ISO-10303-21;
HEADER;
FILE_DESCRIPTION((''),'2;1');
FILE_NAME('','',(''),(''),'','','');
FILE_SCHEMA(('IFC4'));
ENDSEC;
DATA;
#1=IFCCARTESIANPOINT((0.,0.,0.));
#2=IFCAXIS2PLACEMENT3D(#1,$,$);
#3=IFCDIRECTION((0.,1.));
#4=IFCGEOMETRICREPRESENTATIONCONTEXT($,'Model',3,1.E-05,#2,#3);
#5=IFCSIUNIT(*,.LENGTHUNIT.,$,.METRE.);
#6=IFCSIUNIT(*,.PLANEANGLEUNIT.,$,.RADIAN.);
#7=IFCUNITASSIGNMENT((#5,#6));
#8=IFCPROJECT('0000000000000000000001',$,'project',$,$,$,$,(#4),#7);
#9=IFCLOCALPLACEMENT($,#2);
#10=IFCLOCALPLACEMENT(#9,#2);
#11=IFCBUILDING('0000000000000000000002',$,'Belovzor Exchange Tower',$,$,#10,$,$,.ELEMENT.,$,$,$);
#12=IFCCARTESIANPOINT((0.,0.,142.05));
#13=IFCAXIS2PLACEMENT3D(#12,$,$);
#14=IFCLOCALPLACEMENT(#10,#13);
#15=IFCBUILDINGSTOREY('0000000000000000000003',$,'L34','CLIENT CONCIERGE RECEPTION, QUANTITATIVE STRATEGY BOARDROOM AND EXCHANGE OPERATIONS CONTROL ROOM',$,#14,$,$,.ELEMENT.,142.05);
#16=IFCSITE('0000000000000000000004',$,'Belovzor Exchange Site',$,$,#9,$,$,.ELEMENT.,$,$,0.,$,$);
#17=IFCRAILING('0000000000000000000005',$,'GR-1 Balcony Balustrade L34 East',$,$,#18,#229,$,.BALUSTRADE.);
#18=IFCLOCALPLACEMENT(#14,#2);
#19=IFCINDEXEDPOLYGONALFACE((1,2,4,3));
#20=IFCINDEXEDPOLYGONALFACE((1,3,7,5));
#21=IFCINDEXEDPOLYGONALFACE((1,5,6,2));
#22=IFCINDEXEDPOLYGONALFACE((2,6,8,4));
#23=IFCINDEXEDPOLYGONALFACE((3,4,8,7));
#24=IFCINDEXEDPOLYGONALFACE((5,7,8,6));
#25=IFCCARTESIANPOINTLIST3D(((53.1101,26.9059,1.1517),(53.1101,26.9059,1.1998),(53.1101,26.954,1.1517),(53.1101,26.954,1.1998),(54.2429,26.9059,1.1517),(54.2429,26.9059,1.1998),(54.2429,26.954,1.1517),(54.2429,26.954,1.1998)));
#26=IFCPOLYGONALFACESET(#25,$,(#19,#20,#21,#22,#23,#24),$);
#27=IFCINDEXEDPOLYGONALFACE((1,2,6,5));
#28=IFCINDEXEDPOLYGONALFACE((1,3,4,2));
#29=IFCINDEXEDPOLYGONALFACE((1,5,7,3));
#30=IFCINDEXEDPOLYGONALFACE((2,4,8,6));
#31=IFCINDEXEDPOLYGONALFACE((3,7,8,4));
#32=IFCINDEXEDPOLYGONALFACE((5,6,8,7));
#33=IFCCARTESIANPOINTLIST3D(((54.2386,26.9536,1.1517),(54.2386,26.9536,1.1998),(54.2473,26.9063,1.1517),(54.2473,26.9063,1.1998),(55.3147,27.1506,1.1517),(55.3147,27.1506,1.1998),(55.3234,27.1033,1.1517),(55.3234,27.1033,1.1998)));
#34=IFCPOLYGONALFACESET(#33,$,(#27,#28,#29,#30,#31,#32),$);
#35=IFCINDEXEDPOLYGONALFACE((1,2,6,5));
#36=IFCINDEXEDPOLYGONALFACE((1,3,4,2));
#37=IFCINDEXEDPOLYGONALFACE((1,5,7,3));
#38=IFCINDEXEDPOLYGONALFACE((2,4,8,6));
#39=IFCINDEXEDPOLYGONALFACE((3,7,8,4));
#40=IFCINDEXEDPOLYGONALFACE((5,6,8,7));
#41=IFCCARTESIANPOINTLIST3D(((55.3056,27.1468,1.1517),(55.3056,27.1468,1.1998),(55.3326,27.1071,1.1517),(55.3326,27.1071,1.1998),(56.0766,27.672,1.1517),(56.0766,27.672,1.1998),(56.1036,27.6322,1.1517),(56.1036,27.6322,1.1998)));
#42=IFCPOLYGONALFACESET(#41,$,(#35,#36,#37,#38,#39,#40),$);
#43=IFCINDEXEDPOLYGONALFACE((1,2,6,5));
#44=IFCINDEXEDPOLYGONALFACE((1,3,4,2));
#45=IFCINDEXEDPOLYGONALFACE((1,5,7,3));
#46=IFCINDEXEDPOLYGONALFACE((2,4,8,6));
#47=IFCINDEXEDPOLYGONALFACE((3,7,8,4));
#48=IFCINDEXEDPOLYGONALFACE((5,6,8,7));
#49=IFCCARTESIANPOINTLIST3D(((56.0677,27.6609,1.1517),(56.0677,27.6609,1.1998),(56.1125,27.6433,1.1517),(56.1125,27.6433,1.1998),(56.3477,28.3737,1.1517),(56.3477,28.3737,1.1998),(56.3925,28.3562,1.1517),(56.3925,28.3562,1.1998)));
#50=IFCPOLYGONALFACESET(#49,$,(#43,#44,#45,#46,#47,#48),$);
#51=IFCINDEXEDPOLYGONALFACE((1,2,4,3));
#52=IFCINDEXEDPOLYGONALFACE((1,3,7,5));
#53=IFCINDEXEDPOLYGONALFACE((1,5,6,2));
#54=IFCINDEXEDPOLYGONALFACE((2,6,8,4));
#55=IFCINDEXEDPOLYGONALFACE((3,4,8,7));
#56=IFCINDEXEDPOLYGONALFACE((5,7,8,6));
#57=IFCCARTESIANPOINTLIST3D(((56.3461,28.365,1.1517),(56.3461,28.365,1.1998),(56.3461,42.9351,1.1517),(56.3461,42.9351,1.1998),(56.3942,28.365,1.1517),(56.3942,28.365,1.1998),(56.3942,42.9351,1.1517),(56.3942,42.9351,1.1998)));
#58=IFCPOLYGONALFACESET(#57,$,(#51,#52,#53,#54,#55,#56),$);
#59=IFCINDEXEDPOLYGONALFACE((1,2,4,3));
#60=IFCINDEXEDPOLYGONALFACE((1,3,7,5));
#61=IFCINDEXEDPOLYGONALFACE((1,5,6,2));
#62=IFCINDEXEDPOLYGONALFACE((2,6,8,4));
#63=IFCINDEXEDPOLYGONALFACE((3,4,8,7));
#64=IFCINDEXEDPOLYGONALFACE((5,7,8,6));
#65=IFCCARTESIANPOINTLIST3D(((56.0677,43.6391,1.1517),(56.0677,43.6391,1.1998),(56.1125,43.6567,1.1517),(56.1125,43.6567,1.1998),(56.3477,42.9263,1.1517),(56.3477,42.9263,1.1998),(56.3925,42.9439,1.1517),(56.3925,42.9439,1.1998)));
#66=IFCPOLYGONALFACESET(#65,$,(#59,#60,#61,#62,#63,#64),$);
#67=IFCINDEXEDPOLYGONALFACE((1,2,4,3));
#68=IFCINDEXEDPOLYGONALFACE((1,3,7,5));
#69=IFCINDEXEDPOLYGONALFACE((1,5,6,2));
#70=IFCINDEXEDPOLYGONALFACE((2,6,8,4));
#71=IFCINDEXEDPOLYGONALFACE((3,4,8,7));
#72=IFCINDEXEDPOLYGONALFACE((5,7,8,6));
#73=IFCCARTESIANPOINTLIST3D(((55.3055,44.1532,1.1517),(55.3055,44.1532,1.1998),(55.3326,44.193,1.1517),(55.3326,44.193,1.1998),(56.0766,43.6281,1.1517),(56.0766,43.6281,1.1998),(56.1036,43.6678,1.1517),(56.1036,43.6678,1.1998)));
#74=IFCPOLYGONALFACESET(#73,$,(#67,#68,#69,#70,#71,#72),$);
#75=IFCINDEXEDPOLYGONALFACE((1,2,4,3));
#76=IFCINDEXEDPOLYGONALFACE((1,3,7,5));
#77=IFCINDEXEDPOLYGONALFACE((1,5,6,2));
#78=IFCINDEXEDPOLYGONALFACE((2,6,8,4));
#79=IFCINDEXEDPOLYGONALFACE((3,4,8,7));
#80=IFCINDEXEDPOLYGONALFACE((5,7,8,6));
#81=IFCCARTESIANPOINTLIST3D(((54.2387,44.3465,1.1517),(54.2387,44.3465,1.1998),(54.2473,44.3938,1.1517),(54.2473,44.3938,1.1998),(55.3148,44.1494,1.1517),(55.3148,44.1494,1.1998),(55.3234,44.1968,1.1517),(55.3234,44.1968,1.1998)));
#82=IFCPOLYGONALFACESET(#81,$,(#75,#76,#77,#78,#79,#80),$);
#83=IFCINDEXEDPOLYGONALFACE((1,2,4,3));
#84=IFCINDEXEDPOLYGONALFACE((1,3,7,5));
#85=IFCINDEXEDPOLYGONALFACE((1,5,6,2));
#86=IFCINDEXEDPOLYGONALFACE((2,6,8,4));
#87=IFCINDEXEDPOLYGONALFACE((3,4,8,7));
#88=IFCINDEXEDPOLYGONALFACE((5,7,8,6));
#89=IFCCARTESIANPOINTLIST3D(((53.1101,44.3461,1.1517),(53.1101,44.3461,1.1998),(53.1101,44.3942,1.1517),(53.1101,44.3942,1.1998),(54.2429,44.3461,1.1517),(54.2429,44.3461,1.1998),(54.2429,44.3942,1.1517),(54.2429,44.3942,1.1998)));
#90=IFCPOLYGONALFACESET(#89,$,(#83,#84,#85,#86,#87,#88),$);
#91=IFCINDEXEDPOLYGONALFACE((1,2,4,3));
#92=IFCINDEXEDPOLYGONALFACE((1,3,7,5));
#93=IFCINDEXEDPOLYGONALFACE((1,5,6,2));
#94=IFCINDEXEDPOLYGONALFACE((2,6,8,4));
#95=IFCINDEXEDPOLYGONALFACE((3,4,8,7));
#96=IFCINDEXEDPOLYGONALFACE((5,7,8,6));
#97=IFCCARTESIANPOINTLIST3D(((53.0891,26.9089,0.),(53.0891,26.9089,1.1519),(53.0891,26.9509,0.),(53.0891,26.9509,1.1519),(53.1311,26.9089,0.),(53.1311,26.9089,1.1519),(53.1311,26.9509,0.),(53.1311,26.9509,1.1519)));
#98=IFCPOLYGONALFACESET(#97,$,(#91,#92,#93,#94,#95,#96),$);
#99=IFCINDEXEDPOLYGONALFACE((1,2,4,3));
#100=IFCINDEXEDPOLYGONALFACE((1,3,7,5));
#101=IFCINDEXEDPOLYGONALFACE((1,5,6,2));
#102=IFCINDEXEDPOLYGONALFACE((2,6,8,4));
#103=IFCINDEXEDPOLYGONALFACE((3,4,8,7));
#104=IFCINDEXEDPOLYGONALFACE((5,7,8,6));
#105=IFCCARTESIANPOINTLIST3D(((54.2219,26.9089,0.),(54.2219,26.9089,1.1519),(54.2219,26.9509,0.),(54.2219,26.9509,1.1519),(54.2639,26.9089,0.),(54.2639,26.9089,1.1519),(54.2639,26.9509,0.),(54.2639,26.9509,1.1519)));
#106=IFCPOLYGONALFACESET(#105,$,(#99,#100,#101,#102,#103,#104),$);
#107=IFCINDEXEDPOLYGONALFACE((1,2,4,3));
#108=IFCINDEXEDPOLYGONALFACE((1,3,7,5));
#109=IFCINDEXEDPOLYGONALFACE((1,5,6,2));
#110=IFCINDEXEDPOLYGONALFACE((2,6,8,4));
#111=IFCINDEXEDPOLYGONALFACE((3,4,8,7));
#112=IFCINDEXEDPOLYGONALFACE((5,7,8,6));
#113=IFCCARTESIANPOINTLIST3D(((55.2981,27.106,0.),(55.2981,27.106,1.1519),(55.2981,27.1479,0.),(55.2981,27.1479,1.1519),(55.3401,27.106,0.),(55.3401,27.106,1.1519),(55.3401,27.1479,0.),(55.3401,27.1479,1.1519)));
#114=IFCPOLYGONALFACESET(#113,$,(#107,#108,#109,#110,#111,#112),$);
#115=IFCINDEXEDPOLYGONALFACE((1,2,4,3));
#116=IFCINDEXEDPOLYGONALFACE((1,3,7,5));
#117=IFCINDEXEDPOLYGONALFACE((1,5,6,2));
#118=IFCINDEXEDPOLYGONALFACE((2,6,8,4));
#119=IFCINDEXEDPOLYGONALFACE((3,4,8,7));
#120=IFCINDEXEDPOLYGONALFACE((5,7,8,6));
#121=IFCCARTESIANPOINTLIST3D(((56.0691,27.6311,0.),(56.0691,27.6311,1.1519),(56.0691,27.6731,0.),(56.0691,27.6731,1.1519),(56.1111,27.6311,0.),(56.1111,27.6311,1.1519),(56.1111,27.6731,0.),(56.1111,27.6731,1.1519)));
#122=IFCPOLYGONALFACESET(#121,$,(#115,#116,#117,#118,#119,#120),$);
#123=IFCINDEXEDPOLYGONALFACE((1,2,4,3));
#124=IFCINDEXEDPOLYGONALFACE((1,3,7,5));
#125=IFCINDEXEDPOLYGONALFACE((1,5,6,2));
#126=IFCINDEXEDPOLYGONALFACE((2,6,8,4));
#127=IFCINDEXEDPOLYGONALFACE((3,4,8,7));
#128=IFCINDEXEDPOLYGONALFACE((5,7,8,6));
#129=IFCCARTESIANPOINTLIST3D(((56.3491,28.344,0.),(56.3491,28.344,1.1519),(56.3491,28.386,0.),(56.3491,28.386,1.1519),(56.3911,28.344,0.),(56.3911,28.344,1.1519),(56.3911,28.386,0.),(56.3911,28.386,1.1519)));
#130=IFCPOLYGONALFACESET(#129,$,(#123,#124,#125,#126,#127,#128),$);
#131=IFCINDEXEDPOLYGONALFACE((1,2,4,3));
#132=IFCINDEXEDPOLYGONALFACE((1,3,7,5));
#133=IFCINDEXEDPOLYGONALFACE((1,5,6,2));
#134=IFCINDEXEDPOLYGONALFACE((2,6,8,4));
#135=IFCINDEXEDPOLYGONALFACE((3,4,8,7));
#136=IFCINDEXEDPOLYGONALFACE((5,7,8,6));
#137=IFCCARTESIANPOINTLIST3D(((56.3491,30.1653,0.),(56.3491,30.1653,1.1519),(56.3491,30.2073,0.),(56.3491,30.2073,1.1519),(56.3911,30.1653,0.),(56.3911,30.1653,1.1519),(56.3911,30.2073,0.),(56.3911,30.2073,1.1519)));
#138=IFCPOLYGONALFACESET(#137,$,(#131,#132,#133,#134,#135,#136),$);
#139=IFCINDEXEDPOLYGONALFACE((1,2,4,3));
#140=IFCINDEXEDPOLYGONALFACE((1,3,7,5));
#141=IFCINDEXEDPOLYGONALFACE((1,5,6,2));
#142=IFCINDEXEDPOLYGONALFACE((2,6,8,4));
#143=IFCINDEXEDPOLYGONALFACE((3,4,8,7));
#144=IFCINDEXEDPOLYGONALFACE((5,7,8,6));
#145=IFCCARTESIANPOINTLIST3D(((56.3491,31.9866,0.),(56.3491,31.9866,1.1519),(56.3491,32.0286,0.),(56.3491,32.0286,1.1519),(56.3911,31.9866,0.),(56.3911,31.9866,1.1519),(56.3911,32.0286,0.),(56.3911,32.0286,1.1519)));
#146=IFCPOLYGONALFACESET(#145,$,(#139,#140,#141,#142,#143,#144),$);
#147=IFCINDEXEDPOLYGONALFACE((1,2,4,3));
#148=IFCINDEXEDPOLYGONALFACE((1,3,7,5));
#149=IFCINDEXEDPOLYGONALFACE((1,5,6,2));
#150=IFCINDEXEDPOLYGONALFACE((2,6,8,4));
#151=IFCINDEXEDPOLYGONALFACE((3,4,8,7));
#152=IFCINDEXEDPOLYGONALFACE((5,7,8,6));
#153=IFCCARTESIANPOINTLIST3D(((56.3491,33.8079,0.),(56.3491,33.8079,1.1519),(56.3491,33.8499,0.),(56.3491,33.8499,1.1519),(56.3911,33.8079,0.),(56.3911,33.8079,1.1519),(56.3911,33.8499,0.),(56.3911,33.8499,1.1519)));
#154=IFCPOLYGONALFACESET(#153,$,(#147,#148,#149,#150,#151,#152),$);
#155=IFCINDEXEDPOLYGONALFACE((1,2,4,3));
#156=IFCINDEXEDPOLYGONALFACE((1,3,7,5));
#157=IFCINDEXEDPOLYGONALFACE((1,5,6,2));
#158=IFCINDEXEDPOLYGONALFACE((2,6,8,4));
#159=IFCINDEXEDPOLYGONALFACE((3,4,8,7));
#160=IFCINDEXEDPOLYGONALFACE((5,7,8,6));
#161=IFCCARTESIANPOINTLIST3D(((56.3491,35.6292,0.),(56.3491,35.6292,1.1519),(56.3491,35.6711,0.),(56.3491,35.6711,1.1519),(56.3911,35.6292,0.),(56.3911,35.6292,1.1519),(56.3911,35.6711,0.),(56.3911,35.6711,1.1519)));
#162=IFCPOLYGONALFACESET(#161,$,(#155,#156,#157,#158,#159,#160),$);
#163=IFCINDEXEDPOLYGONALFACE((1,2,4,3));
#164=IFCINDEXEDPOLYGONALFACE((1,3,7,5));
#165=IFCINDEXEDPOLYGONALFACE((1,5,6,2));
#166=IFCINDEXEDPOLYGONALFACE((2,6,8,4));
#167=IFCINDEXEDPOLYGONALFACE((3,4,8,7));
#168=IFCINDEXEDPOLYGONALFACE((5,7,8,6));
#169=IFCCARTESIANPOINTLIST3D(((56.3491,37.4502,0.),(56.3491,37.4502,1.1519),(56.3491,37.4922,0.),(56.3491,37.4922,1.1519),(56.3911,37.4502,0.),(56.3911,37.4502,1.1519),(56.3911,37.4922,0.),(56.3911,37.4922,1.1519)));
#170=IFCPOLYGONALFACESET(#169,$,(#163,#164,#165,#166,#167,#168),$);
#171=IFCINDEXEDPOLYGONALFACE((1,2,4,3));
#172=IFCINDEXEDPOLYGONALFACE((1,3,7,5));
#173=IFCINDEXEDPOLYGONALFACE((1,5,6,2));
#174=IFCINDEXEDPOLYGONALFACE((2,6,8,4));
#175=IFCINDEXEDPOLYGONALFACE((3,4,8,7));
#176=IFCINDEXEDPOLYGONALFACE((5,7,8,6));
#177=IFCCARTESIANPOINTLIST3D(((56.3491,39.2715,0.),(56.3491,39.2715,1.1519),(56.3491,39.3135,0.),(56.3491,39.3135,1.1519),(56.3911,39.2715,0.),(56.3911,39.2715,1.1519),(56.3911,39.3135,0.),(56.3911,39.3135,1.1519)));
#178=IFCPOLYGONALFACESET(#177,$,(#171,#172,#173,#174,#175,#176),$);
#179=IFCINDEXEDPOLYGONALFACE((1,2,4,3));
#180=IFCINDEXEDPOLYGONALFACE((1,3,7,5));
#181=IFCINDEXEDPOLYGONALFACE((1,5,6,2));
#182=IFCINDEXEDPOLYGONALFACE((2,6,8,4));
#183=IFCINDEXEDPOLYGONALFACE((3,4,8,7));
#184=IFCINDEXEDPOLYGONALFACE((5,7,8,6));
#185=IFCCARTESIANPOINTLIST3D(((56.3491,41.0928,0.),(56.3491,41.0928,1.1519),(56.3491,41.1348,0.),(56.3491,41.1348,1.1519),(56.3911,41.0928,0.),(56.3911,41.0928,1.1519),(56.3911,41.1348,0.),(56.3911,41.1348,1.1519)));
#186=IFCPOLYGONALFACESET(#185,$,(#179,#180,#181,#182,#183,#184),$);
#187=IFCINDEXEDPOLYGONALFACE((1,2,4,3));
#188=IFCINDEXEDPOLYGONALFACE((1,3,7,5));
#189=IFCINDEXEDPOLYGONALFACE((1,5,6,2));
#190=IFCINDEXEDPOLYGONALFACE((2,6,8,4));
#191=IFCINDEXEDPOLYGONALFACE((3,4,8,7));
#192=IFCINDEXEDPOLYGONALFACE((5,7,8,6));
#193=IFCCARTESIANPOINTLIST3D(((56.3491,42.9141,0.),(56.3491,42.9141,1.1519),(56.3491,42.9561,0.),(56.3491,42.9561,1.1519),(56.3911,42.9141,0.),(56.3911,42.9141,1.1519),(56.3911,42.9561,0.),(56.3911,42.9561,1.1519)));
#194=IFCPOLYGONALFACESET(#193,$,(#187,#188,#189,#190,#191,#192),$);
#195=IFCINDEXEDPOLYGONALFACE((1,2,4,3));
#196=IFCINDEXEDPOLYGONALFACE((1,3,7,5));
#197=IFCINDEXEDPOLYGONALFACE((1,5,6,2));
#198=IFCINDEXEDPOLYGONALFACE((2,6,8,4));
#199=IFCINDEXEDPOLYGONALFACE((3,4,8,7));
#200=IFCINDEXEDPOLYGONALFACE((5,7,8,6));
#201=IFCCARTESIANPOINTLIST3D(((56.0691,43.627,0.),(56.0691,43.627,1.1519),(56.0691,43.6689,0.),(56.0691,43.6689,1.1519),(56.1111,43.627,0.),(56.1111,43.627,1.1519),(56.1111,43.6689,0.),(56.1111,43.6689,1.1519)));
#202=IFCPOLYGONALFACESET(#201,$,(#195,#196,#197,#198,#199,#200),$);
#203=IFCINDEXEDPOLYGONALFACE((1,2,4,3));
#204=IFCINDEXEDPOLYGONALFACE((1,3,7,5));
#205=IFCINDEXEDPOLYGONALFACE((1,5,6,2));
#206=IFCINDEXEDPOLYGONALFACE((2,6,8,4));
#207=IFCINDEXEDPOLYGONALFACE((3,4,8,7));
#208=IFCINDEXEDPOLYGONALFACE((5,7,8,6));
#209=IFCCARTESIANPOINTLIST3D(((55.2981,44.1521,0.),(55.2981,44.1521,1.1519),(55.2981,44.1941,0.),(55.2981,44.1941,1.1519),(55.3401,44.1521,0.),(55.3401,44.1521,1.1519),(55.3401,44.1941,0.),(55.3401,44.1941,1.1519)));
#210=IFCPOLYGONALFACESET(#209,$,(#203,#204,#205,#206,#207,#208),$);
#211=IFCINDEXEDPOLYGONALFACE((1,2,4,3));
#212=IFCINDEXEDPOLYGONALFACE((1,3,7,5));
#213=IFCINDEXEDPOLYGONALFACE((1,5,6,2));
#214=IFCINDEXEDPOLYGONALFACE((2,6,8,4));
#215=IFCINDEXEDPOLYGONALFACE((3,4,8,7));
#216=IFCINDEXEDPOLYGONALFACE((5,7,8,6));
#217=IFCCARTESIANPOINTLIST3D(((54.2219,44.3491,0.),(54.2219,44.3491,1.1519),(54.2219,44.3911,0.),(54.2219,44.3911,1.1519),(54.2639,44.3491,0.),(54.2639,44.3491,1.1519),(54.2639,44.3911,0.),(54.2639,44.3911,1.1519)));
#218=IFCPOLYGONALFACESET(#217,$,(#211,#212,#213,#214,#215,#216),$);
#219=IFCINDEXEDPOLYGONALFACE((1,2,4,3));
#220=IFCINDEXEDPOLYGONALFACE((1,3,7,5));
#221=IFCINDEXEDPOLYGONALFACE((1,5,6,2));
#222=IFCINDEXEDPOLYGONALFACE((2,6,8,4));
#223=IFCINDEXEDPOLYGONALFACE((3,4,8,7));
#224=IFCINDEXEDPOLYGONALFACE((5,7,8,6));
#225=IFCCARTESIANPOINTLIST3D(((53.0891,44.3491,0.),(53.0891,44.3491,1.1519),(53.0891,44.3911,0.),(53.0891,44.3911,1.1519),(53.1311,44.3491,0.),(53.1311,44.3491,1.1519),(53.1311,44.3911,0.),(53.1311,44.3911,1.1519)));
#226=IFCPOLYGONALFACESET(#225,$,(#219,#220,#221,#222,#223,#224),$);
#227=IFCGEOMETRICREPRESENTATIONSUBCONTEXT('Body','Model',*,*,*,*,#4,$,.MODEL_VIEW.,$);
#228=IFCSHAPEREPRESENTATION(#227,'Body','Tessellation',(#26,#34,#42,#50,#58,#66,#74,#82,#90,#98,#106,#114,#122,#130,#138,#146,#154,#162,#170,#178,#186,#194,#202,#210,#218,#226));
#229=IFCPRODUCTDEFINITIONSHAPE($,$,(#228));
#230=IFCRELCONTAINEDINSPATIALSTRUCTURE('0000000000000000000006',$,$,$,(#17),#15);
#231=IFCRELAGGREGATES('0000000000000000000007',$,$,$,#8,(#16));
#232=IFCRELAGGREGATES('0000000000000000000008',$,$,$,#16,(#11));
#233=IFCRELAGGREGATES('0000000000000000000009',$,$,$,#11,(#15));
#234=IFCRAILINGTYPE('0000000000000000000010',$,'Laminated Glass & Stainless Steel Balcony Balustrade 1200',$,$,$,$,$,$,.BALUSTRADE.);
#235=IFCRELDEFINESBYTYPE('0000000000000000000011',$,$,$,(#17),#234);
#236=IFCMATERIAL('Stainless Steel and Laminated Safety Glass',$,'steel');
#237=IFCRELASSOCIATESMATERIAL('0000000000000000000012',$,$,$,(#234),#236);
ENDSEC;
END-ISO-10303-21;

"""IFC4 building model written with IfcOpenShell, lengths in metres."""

from ifc_helpers import new_model, si_unit, direction, frame, origin, origin_2d, place, context, subcontext, project, spatial, rectangle, extrude, material, type_object, element, save


model = new_model("IFC4")

# Units and contexts
model_context = context("Model", 3, precision=1e-05, world=origin(), true_north=direction((0.0, 1.0)))
body_context = subcontext(model_context, "Body", "Model", "MODEL_VIEW")
ifc_project = project(units=[si_unit("LENGTHUNIT", "METRE"), si_unit("PLANEANGLEUNIT", "RADIAN")], contexts=[model_context])

# Site, building, storey
site_placement = place(None, origin())
site = spatial("IfcSite", under=ifc_project, at=site_placement, Name="Belovzor Exchange Site", CompositionType="ELEMENT", RefElevation=0.0)
building_placement = place(site_placement, origin())
building = spatial("IfcBuilding", under=site, at=building_placement, Name="Belovzor Exchange Tower", CompositionType="ELEMENT")
storey_placement = place(building_placement, frame((0.0, 0.0, 142.05)))
storey = spatial("IfcBuildingStorey", under=building, at=storey_placement, Name="L34", Description="CLIENT CONCIERGE RECEPTION, QUANTITATIVE STRATEGY BOARDROOM AND EXCHANGE OPERATIONS CONTROL ROOM", CompositionType="ELEMENT", Elevation=142.05)

# Railing
ifc_material_1 = material(Name="Stainless Steel and Laminated Safety Glass", Category="steel")
railing_type = type_object("IfcRailingType", Name="Laminated Glass & Stainless Steel Balcony Balustrade 1200", PredefinedType="BALUSTRADE", material=ifc_material_1)
railing_placement = place(storey_placement, frame((53.1101, 26.9299, 0.0)))
element("IfcRailing", 1, at=railing_placement, inside=storey, type_object=railing_type, Name="GR-1 Balcony Balustrade L34 East", PredefinedType="BALUSTRADE", context=body_context, shape_type="SweptSolid", body=[
    extrude(rectangle(XDim=0.0481, YDim=0.0481, at=origin_2d()), frame((0.0, 0.0, 1.1758), z_axis=(1.0, 0.0, 0.0), x_axis=(0.0, 1.0, 0.0)), (0.0, 0.0, 1.0), 1.1328),
    extrude(rectangle(XDim=0.0481, YDim=0.0481, at=origin_2d()), frame((1.1328, 0.0, 1.1758), z_axis=(0.983651, 0.180083, 0.0), x_axis=(-0.180083, 0.983651, 0.0)), (0.0, 0.0, 1.0), 1.094),
    extrude(rectangle(XDim=0.0481, YDim=0.0481, at=origin_2d()), frame((2.209, 0.197, 1.1758), z_axis=(0.826493, 0.562947, 0.0), x_axis=(-0.562947, 0.826493, 0.0)), (0.0, 0.0, 1.0), 0.9329),
    extrude(rectangle(XDim=0.0481, YDim=0.0481, at=origin_2d()), frame((2.98, 0.7222, 1.1758), z_axis=(0.365613, 0.930767, 0.0), x_axis=(-0.930767, 0.365613, 0.0)), (0.0, 0.0, 1.0), 0.7659),
    extrude(rectangle(XDim=0.0481, YDim=0.0481, at=origin_2d()), frame((3.26, 1.4351, 1.1758), z_axis=(0.0, 1.0, 0.0), x_axis=(-1.0, 0.0, 0.0)), (0.0, 0.0, 1.0), 14.5701),
    extrude(rectangle(XDim=0.0481, YDim=0.0481, at=origin_2d()), frame((3.26, 16.0051, 1.1758), z_axis=(-0.365613, 0.930767, 0.0), x_axis=(-0.930767, -0.365613, 0.0)), (0.0, 0.0, 1.0), 0.7659),
    extrude(rectangle(XDim=0.0481, YDim=0.0481, at=origin_2d()), frame((2.98, 16.718, 1.1758), z_axis=(-0.826493, 0.562947, 0.0), x_axis=(-0.562947, -0.826493, 0.0)), (0.0, 0.0, 1.0), 0.9329),
    extrude(rectangle(XDim=0.0481, YDim=0.0481, at=origin_2d()), frame((2.209, 17.2432, 1.1758), z_axis=(-0.983651, 0.180083, 0.0), x_axis=(-0.180083, -0.983651, 0.0)), (0.0, 0.0, 1.0), 1.094),
    extrude(rectangle(XDim=0.0481, YDim=0.0481, at=origin_2d()), frame((1.1328, 17.4402, 1.1758), z_axis=(-1.0, 0.0, 0.0), x_axis=(0.0, -1.0, 0.0)), (0.0, 0.0, 1.0), 1.1328),
    extrude(rectangle(XDim=0.042, YDim=0.042, at=origin_2d()), origin(), (0.0, 0.0, 1.0), 1.1519),
    extrude(rectangle(XDim=0.042, YDim=0.042, at=origin_2d()), frame((1.1328, 0.0, 0.0)), (0.0, 0.0, 1.0), 1.1519),
    extrude(rectangle(XDim=0.042, YDim=0.042, at=origin_2d()), frame((2.209, 0.197, 0.0)), (0.0, 0.0, 1.0), 1.1519),
    extrude(rectangle(XDim=0.042, YDim=0.042, at=origin_2d()), frame((2.98, 0.7222, 0.0)), (0.0, 0.0, 1.0), 1.1519),
    extrude(rectangle(XDim=0.042, YDim=0.042, at=origin_2d()), frame((3.26, 1.4351, 0.0)), (0.0, 0.0, 1.0), 1.1519),
    extrude(rectangle(XDim=0.042, YDim=0.042, at=origin_2d()), frame((3.26, 3.2563, 0.0)), (0.0, 0.0, 1.0), 1.1519),
    extrude(rectangle(XDim=0.042, YDim=0.042, at=origin_2d()), frame((3.26, 5.0776, 0.0)), (0.0, 0.0, 1.0), 1.1519),
    extrude(rectangle(XDim=0.042, YDim=0.042, at=origin_2d()), frame((3.26, 6.8989, 0.0)), (0.0, 0.0, 1.0), 1.1519),
    extrude(rectangle(XDim=0.042, YDim=0.042, at=origin_2d()), frame((3.26, 8.7202, 0.0)), (0.0, 0.0, 1.0), 1.1519),
    extrude(rectangle(XDim=0.042, YDim=0.042, at=origin_2d()), frame((3.26, 10.5413, 0.0)), (0.0, 0.0, 1.0), 1.1519),
    extrude(rectangle(XDim=0.042, YDim=0.042, at=origin_2d()), frame((3.26, 12.3625, 0.0)), (0.0, 0.0, 1.0), 1.1519),
    extrude(rectangle(XDim=0.042, YDim=0.042, at=origin_2d()), frame((3.26, 14.1838, 0.0)), (0.0, 0.0, 1.0), 1.1519),
    extrude(rectangle(XDim=0.042, YDim=0.042, at=origin_2d()), frame((3.26, 16.0051, 0.0)), (0.0, 0.0, 1.0), 1.1519),
    extrude(rectangle(XDim=0.042, YDim=0.042, at=origin_2d()), frame((2.98, 16.718, 0.0)), (0.0, 0.0, 1.0), 1.1519),
    extrude(rectangle(XDim=0.042, YDim=0.042, at=origin_2d()), frame((2.209, 17.2432, 0.0)), (0.0, 0.0, 1.0), 1.1519),
    extrude(rectangle(XDim=0.042, YDim=0.042, at=origin_2d()), frame((1.1328, 17.4402, 0.0)), (0.0, 0.0, 1.0), 1.1519),
    extrude(rectangle(XDim=0.042, YDim=0.042, at=origin_2d()), frame((0.0, 17.4402, 0.0)), (0.0, 0.0, 1.0), 1.1519),
])

save(model, "model.ifc")
